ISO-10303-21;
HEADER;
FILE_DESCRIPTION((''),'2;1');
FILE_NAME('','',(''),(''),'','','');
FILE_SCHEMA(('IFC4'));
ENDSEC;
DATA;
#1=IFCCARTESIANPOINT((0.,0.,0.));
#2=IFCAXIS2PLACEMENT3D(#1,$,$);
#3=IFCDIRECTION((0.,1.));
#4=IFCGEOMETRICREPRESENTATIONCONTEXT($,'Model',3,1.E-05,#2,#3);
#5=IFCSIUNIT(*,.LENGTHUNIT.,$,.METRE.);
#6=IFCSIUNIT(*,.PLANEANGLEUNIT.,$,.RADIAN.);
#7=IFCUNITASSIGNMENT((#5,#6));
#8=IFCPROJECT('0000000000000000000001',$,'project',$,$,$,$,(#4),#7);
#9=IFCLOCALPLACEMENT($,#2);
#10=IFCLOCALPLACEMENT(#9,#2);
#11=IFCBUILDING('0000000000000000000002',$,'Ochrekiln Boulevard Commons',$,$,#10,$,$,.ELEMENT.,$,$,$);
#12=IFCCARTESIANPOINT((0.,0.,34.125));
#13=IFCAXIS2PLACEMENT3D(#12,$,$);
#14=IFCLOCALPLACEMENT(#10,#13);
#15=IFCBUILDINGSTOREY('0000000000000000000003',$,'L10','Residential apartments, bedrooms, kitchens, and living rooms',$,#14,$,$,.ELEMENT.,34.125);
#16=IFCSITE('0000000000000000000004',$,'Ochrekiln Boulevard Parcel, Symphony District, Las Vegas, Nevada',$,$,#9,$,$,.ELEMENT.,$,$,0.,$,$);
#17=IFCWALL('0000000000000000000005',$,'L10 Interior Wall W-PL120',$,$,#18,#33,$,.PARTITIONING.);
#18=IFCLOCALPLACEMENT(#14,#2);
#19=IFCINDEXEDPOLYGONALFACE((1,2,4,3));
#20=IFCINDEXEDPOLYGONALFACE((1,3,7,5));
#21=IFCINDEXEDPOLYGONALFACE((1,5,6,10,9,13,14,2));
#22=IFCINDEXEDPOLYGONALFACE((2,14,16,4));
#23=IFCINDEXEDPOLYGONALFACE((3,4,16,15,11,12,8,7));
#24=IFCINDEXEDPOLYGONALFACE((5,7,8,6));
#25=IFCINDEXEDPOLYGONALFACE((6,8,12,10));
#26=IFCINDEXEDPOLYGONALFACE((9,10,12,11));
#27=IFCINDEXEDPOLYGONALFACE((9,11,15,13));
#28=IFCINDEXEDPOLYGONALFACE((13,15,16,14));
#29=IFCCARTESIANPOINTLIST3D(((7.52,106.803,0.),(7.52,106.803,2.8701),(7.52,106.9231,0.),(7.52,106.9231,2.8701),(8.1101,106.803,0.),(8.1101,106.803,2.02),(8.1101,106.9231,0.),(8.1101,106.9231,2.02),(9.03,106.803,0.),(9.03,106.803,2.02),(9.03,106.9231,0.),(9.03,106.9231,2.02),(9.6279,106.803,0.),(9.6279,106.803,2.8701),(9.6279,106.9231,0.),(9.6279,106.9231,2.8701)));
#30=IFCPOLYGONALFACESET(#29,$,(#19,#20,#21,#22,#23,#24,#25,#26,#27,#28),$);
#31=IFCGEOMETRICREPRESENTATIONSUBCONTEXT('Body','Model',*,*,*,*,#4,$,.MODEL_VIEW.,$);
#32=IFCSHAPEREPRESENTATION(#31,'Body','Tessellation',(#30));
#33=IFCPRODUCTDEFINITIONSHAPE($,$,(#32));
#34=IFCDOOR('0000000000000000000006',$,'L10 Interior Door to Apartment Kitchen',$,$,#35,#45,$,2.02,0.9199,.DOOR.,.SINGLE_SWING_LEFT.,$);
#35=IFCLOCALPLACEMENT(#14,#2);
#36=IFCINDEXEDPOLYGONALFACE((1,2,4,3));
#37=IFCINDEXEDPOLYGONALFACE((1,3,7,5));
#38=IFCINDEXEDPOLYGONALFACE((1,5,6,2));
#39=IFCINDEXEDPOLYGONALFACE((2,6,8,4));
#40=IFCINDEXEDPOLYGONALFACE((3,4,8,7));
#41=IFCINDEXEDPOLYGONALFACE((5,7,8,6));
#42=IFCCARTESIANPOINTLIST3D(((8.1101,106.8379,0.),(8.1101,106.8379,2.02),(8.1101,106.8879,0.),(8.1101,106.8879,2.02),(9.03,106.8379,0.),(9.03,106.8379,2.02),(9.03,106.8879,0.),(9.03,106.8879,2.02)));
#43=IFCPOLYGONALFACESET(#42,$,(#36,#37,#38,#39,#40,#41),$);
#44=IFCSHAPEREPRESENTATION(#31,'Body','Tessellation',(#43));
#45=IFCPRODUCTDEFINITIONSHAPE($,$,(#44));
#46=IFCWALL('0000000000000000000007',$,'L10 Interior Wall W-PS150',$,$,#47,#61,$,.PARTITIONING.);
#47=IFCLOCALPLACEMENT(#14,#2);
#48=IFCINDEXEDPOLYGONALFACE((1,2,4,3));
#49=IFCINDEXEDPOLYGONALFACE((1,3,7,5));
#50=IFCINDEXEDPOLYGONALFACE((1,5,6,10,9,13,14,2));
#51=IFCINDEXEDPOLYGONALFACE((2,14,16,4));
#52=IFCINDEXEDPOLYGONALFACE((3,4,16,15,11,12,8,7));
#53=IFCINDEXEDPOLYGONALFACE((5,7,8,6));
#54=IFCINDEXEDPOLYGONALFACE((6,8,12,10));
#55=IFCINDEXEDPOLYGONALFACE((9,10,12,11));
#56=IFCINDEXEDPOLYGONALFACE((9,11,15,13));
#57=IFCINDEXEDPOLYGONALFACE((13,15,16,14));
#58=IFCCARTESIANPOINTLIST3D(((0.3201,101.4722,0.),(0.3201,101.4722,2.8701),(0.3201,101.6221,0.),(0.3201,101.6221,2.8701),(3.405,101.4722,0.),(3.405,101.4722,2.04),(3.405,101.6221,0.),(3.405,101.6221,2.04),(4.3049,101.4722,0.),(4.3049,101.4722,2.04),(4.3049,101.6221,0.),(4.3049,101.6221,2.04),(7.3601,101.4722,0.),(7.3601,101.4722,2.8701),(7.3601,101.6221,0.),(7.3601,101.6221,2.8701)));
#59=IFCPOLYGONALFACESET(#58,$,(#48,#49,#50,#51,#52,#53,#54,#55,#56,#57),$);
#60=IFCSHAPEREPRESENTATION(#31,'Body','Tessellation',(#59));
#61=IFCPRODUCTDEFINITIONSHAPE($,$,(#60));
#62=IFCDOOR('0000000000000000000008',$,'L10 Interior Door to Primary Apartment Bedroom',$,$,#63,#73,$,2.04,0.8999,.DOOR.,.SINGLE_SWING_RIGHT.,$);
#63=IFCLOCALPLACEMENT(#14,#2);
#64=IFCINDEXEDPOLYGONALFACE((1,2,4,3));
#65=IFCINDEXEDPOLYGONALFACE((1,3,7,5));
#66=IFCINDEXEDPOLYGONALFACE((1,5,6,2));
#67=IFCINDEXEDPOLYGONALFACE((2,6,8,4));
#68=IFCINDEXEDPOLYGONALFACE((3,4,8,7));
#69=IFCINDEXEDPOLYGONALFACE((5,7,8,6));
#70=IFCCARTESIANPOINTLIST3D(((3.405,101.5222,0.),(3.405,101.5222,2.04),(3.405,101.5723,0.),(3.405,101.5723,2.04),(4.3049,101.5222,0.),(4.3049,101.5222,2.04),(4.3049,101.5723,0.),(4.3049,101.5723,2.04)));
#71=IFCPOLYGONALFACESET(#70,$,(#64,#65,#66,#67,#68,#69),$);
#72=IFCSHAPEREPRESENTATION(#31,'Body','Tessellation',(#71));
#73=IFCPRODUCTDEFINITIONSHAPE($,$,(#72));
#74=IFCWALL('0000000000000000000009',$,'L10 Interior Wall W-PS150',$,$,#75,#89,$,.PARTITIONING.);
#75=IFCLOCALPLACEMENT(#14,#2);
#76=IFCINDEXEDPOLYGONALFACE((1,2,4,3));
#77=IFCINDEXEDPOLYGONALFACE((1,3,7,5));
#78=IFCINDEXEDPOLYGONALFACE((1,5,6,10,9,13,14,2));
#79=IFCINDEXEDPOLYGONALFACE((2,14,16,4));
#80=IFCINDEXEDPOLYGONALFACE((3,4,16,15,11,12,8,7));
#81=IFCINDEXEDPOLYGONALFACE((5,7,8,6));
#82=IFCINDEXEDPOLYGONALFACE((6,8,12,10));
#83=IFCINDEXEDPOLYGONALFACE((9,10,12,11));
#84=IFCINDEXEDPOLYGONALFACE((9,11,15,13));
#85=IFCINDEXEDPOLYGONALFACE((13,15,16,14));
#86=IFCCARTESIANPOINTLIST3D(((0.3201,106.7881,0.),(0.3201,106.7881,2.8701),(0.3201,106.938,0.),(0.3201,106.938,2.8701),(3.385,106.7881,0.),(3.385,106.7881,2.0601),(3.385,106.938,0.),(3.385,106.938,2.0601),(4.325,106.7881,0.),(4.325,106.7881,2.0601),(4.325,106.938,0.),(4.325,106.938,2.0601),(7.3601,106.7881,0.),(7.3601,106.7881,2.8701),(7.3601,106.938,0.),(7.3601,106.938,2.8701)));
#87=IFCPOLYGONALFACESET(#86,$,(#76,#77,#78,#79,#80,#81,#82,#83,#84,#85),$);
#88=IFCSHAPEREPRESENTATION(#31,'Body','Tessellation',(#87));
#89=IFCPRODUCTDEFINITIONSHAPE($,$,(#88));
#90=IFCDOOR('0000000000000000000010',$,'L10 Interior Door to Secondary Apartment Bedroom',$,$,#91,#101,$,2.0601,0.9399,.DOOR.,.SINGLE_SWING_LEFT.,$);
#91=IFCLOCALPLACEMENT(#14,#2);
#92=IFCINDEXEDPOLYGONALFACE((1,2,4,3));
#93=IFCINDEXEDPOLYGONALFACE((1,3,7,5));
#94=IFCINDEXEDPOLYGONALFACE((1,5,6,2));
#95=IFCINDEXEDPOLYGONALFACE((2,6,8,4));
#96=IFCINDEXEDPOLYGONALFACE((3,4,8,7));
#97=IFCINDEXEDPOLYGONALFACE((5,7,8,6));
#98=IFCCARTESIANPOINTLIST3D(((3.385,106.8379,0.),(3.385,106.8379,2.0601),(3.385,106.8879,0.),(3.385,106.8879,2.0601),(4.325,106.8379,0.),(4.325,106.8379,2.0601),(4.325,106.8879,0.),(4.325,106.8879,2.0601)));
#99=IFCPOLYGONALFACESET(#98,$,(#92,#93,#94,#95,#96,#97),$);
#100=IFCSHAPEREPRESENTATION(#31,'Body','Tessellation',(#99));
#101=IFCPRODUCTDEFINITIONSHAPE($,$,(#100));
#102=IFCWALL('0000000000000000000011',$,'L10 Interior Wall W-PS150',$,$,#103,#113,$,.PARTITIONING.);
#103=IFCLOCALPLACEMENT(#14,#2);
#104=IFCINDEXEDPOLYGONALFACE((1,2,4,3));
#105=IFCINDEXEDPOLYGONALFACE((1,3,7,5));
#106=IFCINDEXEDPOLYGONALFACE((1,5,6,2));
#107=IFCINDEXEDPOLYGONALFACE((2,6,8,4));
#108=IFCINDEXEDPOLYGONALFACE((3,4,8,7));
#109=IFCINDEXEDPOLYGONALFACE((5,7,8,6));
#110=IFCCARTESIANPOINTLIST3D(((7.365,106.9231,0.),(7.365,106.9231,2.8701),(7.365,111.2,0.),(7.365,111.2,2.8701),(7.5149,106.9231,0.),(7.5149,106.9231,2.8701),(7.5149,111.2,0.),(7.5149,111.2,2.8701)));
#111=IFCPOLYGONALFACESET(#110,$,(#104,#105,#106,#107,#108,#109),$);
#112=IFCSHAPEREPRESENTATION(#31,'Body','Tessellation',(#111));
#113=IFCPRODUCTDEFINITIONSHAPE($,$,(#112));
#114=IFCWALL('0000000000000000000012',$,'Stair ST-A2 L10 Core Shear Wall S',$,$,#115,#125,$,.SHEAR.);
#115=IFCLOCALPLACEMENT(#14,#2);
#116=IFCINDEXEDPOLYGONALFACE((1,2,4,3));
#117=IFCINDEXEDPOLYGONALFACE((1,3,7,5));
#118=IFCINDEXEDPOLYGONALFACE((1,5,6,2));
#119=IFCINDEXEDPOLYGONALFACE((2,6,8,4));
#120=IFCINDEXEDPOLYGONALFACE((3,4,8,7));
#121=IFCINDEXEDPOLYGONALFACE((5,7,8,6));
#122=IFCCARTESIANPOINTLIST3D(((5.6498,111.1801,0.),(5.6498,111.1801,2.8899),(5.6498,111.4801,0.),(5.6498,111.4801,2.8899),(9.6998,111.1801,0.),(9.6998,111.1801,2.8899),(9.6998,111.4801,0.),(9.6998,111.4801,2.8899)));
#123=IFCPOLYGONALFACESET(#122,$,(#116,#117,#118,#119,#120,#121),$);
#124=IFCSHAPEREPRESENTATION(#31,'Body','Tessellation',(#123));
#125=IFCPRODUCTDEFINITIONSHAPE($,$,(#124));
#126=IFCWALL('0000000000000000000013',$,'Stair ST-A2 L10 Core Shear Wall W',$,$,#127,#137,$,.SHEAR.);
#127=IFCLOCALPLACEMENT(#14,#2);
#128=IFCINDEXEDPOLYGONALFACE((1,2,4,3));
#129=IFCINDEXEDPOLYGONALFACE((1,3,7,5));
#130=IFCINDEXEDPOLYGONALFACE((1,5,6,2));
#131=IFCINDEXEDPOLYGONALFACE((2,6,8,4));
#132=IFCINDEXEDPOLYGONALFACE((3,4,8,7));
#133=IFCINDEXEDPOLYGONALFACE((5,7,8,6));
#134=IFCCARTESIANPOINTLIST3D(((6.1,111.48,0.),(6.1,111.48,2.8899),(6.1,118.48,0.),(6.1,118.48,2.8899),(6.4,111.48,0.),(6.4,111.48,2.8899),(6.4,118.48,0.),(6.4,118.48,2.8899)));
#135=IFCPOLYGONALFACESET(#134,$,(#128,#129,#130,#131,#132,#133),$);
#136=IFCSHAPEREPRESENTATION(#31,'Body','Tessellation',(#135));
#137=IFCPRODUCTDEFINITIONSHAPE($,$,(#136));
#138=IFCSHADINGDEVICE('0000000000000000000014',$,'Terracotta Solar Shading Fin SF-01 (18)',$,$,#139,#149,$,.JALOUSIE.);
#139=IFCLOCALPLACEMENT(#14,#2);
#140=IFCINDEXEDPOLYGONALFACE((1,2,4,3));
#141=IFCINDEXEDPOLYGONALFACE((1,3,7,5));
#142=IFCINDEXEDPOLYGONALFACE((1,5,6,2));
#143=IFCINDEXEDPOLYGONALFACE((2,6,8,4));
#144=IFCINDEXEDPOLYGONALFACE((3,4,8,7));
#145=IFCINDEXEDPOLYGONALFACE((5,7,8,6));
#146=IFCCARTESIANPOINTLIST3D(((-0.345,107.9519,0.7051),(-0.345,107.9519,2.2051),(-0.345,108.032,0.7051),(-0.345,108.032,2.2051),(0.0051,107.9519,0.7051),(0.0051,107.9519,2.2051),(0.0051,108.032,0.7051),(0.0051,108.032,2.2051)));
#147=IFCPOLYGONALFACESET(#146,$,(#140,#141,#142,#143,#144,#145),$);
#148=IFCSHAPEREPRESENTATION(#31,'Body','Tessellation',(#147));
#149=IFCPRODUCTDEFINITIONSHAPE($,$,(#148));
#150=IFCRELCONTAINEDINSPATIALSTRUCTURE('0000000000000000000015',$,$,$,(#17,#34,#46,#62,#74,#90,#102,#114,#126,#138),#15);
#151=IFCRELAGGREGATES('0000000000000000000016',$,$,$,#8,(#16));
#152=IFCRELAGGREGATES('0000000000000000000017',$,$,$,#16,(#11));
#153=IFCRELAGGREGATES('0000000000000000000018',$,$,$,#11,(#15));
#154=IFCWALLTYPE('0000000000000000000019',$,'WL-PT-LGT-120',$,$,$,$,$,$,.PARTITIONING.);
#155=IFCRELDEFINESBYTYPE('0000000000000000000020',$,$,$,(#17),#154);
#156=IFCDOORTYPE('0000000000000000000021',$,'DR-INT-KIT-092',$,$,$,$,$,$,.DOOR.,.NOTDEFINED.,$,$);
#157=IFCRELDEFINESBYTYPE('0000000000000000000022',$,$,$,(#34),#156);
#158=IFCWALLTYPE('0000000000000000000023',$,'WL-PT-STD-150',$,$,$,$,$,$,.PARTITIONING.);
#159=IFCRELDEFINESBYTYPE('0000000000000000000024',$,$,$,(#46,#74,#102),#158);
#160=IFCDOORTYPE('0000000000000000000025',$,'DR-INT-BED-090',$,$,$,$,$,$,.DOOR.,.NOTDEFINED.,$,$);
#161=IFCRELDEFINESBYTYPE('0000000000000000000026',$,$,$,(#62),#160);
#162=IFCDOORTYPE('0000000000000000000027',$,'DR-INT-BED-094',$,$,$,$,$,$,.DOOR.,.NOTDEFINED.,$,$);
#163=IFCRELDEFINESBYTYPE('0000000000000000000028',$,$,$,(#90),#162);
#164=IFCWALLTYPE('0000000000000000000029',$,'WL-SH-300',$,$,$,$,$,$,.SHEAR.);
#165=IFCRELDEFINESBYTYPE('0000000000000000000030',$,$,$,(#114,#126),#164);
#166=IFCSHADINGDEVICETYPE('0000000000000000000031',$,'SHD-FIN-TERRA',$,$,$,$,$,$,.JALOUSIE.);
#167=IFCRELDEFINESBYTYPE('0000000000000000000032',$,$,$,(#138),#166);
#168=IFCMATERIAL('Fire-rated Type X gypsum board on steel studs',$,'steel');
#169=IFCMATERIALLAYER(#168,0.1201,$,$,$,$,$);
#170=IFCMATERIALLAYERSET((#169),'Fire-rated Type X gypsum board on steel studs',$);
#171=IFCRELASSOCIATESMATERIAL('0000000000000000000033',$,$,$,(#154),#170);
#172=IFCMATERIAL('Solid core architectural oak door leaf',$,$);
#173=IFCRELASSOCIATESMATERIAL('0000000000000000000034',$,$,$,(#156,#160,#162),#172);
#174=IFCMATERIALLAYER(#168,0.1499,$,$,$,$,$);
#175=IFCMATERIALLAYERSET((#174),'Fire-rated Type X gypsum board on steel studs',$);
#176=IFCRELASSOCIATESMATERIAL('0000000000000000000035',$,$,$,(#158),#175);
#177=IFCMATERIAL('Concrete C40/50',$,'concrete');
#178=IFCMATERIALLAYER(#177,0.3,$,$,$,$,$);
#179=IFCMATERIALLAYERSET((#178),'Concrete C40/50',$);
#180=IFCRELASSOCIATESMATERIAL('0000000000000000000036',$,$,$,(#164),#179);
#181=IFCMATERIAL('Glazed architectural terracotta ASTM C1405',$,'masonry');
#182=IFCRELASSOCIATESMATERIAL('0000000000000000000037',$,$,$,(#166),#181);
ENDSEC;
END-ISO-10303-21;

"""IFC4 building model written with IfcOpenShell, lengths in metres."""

from ifc_helpers import new_model, si_unit, direction, frame, frame_2d, origin, origin_2d, place, context, subcontext, project, spatial, rectangle, extrude, material, layer, layer_set, type_object, element, fill, save


model = new_model("IFC4")

# Units and contexts
model_context = context("Model", 3, precision=1e-05, world=origin(), true_north=direction((0.0, 1.0)))
body_context = subcontext(model_context, "Body", "Model", "MODEL_VIEW")
ifc_project = project(units=[si_unit("LENGTHUNIT", "METRE"), si_unit("PLANEANGLEUNIT", "RADIAN")], contexts=[model_context])

# Site, building, storey
site_placement = place(None, origin())
site = spatial("IfcSite", under=ifc_project, at=site_placement, Name="Ochrekiln Boulevard Parcel, Symphony District, Las Vegas, Nevada", CompositionType="ELEMENT", RefElevation=0.0)
building_placement = place(site_placement, origin())
building = spatial("IfcBuilding", under=site, at=building_placement, Name="Ochrekiln Boulevard Commons", CompositionType="ELEMENT")
storey_placement = place(building_placement, frame((0.0, 0.0, 34.125)))
storey = spatial("IfcBuildingStorey", under=building, at=storey_placement, Name="L10", Description="Residential apartments, bedrooms, kitchens, and living rooms", CompositionType="ELEMENT", Elevation=34.125)

# Shared definitions
ifc_material_1 = material(Name="Concrete C40/50", Category="concrete")

# Shared definitions
ifc_material_2 = material(Name="Solid core architectural oak door leaf")
ifc_material_3 = material(Name="Fire-rated Type X gypsum board on steel studs", Category="steel")

# Walls, openings, doors
ifc_layer_1 = layer(ifc_material_3, 0.1201)
ifc_layer_set_1 = layer_set([ifc_layer_1], Name="Fire-rated Type X gypsum board on steel studs")
wall_type_1 = type_object("IfcWallType", Name="WL-PT-LGT-120", PredefinedType="PARTITIONING", material=ifc_layer_set_1)
wall_1_placement = place(storey_placement, frame((7.52, 106.863, 0.0), z_axis=(0.0, 0.0, 1.0), x_axis=(1.0, 0.0, 0.0)))
wall_1 = element("IfcWall", 1, at=wall_1_placement, inside=storey, type_object=wall_type_1, Name="L10 Interior Wall W-PL120", PredefinedType="PARTITIONING", context=body_context, shape_type="SweptSolid", body=[
    extrude(rectangle(XDim=2.1079, YDim=0.1201, at=frame_2d((1.054, 0.0))), origin(), (0.0, 0.0, 1.0), 2.8701),
])
opening_1_placement = place(wall_1_placement, frame((0.5901, 0.0, 0.0)))
opening_1 = element("IfcOpeningElement", 2, at=opening_1_placement, cuts=wall_1, PredefinedType="OPENING", context=body_context, shape_type="SweptSolid", body=[
    extrude(rectangle(XDim=0.9199, YDim=2.02, at=frame_2d((0.46, 1.01))), frame((0.0, 0.0701, 0.0), z_axis=(0.0, -1.0, 0.0), x_axis=(1.0, 0.0, 0.0)), (0.0, 0.0, 1.0), 0.1401),
])
door_type_1 = type_object("IfcDoorType", Name="DR-INT-KIT-092", OperationType="NOTDEFINED", PredefinedType="DOOR", material=ifc_material_2)
door_1_placement = place(opening_1_placement, origin())
door_1 = element("IfcDoor", 3, at=door_1_placement, inside=storey, type_object=door_type_1, Name="L10 Interior Door to Apartment Kitchen", OperationType="SINGLE_SWING_LEFT", OverallHeight=2.02, OverallWidth=0.9199, PredefinedType="DOOR", context=body_context, shape_type="SweptSolid", body=[
    extrude(rectangle(XDim=0.9199, YDim=2.02, at=frame_2d((0.46, 1.01))), frame((0.0, 0.0249, 0.0), z_axis=(0.0, -1.0, 0.0), x_axis=(1.0, 0.0, 0.0)), (0.0, 0.0, 1.0), 0.05),
])
fill(opening_1, door_1)
ifc_layer_2 = layer(ifc_material_3, 0.1499)
ifc_layer_set_2 = layer_set([ifc_layer_2], Name="Fire-rated Type X gypsum board on steel studs")
wall_type_2 = type_object("IfcWallType", Name="WL-PT-STD-150", PredefinedType="PARTITIONING", material=ifc_layer_set_2)
wall_2_placement = place(storey_placement, frame((0.3201, 101.5471, 0.0), z_axis=(0.0, 0.0, 1.0), x_axis=(1.0, 0.0, 0.0)))
wall_2 = element("IfcWall", 4, at=wall_2_placement, inside=storey, type_object=wall_type_2, Name="L10 Interior Wall W-PS150", PredefinedType="PARTITIONING", context=body_context, shape_type="SweptSolid", body=[
    extrude(rectangle(XDim=7.04, YDim=0.1499, at=frame_2d((3.52, 0.0))), origin(), (0.0, 0.0, 1.0), 2.8701),
])
opening_2_placement = place(wall_2_placement, frame((3.085, 0.0, 0.0)))
opening_2 = element("IfcOpeningElement", 5, at=opening_2_placement, cuts=wall_2, PredefinedType="OPENING", context=body_context, shape_type="SweptSolid", body=[
    extrude(rectangle(XDim=0.8999, YDim=2.04, at=frame_2d((0.45, 1.02))), frame((0.0, 0.085, 0.0), z_axis=(0.0, -1.0, 0.0), x_axis=(1.0, 0.0, 0.0)), (0.0, 0.0, 1.0), 0.1699),
])
door_type_2 = type_object("IfcDoorType", Name="DR-INT-BED-090", OperationType="NOTDEFINED", PredefinedType="DOOR", material=ifc_material_2)
door_2_placement = place(opening_2_placement, frame((0.8999, 0.0, 0.0), z_axis=(0.0, 0.0, 1.0), x_axis=(-1.0, 0.0, 0.0)))
door_2 = element("IfcDoor", 6, at=door_2_placement, inside=storey, type_object=door_type_2, Name="L10 Interior Door to Primary Apartment Bedroom", OperationType="SINGLE_SWING_RIGHT", OverallHeight=2.04, OverallWidth=0.8999, PredefinedType="DOOR", context=body_context, shape_type="SweptSolid", body=[
    extrude(rectangle(XDim=0.8999, YDim=2.04, at=frame_2d((0.45, 1.02))), frame((0.0, 0.0249, 0.0), z_axis=(0.0, -1.0, 0.0), x_axis=(1.0, 0.0, 0.0)), (0.0, 0.0, 1.0), 0.05),
])
fill(opening_2, door_2)
wall_3_placement = place(storey_placement, frame((0.3201, 106.863, 0.0), z_axis=(0.0, 0.0, 1.0), x_axis=(1.0, 0.0, 0.0)))
wall_3 = element("IfcWall", 7, at=wall_3_placement, inside=storey, type_object=wall_type_2, Name="L10 Interior Wall W-PS150", PredefinedType="PARTITIONING", context=body_context, shape_type="SweptSolid", body=[
    extrude(rectangle(XDim=7.04, YDim=0.1499, at=frame_2d((3.52, 0.0))), origin(), (0.0, 0.0, 1.0), 2.8701),
])
opening_3_placement = place(wall_3_placement, frame((3.0649, 0.0, 0.0)))
opening_3 = element("IfcOpeningElement", 8, at=opening_3_placement, cuts=wall_3, PredefinedType="OPENING", context=body_context, shape_type="SweptSolid", body=[
    extrude(rectangle(XDim=0.9399, YDim=2.0601, at=frame_2d((0.47, 1.03))), frame((0.0, 0.085, 0.0), z_axis=(0.0, -1.0, 0.0), x_axis=(1.0, 0.0, 0.0)), (0.0, 0.0, 1.0), 0.1699),
])
door_type_3 = type_object("IfcDoorType", Name="DR-INT-BED-094", OperationType="NOTDEFINED", PredefinedType="DOOR", material=ifc_material_2)
door_3_placement = place(opening_3_placement, origin())
door_3 = element("IfcDoor", 9, at=door_3_placement, inside=storey, type_object=door_type_3, Name="L10 Interior Door to Secondary Apartment Bedroom", OperationType="SINGLE_SWING_LEFT", OverallHeight=2.0601, OverallWidth=0.9399, PredefinedType="DOOR", context=body_context, shape_type="SweptSolid", body=[
    extrude(rectangle(XDim=0.9399, YDim=2.0601, at=frame_2d((0.47, 1.03))), frame((0.0, 0.0249, 0.0), z_axis=(0.0, -1.0, 0.0), x_axis=(1.0, 0.0, 0.0)), (0.0, 0.0, 1.0), 0.05),
])
fill(opening_3, door_3)

# Walls
wall_4_placement = place(storey_placement, frame((7.4399, 106.9231, 0.0), z_axis=(0.0, 0.0, 1.0), x_axis=(0.0, 1.0, 0.0)))
element("IfcWall", 10, at=wall_4_placement, inside=storey, type_object=wall_type_2, Name="L10 Interior Wall W-PS150", PredefinedType="PARTITIONING", context=body_context, shape_type="SweptSolid", body=[
    extrude(rectangle(XDim=4.2769, YDim=0.1499, at=frame_2d((2.1384, 0.0))), origin(), (0.0, 0.0, 1.0), 2.8701),
])
ifc_layer_3 = layer(ifc_material_1, 0.3)
ifc_layer_set_3 = layer_set([ifc_layer_3], Name="Concrete C40/50")
wall_type_3 = type_object("IfcWallType", Name="WL-SH-300", PredefinedType="SHEAR", material=ifc_layer_set_3)
wall_5_placement = place(storey_placement, frame((5.6499, 111.3301, 0.0), z_axis=(0.0, 0.0, 1.0), x_axis=(1.0, 0.0, 0.0)))
element("IfcWall", 11, at=wall_5_placement, inside=storey, type_object=wall_type_3, Name="Stair ST-A2 L10 Core Shear Wall S", PredefinedType="SHEAR", context=body_context, shape_type="SweptSolid", body=[
    extrude(rectangle(XDim=4.05, YDim=0.3, at=frame_2d((2.0249, 0.0))), origin(), (0.0, 0.0, 1.0), 2.8899),
])
wall_6_placement = place(storey_placement, frame((6.25, 111.48, 0.0), z_axis=(0.0, 0.0, 1.0), x_axis=(0.0, 1.0, 0.0)))
element("IfcWall", 12, at=wall_6_placement, inside=storey, type_object=wall_type_3, Name="Stair ST-A2 L10 Core Shear Wall W", PredefinedType="SHEAR", context=body_context, shape_type="SweptSolid", body=[
    extrude(rectangle(XDim=7.0, YDim=0.3, at=frame_2d((3.5, 0.0))), origin(), (0.0, 0.0, 1.0), 2.8899),
])

# Shading device
ifc_material_4 = material(Name="Glazed architectural terracotta ASTM C1405", Category="masonry")
shading_device_type = type_object("IfcShadingDeviceType", Name="SHD-FIN-TERRA", PredefinedType="JALOUSIE", material=ifc_material_4)
shading_device_placement = place(storey_placement, frame((-0.1699, 107.9919, 0.7051), z_axis=(0.0, 0.0, 1.0), x_axis=(1.0, 0.0, 0.0)))
element("IfcShadingDevice", 13, at=shading_device_placement, inside=storey, type_object=shading_device_type, Name="Terracotta Solar Shading Fin SF-01 (18)", PredefinedType="JALOUSIE", context=body_context, shape_type="SweptSolid", body=[
    extrude(rectangle(XDim=0.3501, YDim=0.0801, at=origin_2d()), origin(), (0.0, 0.0, 1.0), 1.5),
])

save(model, "model.ifc")
